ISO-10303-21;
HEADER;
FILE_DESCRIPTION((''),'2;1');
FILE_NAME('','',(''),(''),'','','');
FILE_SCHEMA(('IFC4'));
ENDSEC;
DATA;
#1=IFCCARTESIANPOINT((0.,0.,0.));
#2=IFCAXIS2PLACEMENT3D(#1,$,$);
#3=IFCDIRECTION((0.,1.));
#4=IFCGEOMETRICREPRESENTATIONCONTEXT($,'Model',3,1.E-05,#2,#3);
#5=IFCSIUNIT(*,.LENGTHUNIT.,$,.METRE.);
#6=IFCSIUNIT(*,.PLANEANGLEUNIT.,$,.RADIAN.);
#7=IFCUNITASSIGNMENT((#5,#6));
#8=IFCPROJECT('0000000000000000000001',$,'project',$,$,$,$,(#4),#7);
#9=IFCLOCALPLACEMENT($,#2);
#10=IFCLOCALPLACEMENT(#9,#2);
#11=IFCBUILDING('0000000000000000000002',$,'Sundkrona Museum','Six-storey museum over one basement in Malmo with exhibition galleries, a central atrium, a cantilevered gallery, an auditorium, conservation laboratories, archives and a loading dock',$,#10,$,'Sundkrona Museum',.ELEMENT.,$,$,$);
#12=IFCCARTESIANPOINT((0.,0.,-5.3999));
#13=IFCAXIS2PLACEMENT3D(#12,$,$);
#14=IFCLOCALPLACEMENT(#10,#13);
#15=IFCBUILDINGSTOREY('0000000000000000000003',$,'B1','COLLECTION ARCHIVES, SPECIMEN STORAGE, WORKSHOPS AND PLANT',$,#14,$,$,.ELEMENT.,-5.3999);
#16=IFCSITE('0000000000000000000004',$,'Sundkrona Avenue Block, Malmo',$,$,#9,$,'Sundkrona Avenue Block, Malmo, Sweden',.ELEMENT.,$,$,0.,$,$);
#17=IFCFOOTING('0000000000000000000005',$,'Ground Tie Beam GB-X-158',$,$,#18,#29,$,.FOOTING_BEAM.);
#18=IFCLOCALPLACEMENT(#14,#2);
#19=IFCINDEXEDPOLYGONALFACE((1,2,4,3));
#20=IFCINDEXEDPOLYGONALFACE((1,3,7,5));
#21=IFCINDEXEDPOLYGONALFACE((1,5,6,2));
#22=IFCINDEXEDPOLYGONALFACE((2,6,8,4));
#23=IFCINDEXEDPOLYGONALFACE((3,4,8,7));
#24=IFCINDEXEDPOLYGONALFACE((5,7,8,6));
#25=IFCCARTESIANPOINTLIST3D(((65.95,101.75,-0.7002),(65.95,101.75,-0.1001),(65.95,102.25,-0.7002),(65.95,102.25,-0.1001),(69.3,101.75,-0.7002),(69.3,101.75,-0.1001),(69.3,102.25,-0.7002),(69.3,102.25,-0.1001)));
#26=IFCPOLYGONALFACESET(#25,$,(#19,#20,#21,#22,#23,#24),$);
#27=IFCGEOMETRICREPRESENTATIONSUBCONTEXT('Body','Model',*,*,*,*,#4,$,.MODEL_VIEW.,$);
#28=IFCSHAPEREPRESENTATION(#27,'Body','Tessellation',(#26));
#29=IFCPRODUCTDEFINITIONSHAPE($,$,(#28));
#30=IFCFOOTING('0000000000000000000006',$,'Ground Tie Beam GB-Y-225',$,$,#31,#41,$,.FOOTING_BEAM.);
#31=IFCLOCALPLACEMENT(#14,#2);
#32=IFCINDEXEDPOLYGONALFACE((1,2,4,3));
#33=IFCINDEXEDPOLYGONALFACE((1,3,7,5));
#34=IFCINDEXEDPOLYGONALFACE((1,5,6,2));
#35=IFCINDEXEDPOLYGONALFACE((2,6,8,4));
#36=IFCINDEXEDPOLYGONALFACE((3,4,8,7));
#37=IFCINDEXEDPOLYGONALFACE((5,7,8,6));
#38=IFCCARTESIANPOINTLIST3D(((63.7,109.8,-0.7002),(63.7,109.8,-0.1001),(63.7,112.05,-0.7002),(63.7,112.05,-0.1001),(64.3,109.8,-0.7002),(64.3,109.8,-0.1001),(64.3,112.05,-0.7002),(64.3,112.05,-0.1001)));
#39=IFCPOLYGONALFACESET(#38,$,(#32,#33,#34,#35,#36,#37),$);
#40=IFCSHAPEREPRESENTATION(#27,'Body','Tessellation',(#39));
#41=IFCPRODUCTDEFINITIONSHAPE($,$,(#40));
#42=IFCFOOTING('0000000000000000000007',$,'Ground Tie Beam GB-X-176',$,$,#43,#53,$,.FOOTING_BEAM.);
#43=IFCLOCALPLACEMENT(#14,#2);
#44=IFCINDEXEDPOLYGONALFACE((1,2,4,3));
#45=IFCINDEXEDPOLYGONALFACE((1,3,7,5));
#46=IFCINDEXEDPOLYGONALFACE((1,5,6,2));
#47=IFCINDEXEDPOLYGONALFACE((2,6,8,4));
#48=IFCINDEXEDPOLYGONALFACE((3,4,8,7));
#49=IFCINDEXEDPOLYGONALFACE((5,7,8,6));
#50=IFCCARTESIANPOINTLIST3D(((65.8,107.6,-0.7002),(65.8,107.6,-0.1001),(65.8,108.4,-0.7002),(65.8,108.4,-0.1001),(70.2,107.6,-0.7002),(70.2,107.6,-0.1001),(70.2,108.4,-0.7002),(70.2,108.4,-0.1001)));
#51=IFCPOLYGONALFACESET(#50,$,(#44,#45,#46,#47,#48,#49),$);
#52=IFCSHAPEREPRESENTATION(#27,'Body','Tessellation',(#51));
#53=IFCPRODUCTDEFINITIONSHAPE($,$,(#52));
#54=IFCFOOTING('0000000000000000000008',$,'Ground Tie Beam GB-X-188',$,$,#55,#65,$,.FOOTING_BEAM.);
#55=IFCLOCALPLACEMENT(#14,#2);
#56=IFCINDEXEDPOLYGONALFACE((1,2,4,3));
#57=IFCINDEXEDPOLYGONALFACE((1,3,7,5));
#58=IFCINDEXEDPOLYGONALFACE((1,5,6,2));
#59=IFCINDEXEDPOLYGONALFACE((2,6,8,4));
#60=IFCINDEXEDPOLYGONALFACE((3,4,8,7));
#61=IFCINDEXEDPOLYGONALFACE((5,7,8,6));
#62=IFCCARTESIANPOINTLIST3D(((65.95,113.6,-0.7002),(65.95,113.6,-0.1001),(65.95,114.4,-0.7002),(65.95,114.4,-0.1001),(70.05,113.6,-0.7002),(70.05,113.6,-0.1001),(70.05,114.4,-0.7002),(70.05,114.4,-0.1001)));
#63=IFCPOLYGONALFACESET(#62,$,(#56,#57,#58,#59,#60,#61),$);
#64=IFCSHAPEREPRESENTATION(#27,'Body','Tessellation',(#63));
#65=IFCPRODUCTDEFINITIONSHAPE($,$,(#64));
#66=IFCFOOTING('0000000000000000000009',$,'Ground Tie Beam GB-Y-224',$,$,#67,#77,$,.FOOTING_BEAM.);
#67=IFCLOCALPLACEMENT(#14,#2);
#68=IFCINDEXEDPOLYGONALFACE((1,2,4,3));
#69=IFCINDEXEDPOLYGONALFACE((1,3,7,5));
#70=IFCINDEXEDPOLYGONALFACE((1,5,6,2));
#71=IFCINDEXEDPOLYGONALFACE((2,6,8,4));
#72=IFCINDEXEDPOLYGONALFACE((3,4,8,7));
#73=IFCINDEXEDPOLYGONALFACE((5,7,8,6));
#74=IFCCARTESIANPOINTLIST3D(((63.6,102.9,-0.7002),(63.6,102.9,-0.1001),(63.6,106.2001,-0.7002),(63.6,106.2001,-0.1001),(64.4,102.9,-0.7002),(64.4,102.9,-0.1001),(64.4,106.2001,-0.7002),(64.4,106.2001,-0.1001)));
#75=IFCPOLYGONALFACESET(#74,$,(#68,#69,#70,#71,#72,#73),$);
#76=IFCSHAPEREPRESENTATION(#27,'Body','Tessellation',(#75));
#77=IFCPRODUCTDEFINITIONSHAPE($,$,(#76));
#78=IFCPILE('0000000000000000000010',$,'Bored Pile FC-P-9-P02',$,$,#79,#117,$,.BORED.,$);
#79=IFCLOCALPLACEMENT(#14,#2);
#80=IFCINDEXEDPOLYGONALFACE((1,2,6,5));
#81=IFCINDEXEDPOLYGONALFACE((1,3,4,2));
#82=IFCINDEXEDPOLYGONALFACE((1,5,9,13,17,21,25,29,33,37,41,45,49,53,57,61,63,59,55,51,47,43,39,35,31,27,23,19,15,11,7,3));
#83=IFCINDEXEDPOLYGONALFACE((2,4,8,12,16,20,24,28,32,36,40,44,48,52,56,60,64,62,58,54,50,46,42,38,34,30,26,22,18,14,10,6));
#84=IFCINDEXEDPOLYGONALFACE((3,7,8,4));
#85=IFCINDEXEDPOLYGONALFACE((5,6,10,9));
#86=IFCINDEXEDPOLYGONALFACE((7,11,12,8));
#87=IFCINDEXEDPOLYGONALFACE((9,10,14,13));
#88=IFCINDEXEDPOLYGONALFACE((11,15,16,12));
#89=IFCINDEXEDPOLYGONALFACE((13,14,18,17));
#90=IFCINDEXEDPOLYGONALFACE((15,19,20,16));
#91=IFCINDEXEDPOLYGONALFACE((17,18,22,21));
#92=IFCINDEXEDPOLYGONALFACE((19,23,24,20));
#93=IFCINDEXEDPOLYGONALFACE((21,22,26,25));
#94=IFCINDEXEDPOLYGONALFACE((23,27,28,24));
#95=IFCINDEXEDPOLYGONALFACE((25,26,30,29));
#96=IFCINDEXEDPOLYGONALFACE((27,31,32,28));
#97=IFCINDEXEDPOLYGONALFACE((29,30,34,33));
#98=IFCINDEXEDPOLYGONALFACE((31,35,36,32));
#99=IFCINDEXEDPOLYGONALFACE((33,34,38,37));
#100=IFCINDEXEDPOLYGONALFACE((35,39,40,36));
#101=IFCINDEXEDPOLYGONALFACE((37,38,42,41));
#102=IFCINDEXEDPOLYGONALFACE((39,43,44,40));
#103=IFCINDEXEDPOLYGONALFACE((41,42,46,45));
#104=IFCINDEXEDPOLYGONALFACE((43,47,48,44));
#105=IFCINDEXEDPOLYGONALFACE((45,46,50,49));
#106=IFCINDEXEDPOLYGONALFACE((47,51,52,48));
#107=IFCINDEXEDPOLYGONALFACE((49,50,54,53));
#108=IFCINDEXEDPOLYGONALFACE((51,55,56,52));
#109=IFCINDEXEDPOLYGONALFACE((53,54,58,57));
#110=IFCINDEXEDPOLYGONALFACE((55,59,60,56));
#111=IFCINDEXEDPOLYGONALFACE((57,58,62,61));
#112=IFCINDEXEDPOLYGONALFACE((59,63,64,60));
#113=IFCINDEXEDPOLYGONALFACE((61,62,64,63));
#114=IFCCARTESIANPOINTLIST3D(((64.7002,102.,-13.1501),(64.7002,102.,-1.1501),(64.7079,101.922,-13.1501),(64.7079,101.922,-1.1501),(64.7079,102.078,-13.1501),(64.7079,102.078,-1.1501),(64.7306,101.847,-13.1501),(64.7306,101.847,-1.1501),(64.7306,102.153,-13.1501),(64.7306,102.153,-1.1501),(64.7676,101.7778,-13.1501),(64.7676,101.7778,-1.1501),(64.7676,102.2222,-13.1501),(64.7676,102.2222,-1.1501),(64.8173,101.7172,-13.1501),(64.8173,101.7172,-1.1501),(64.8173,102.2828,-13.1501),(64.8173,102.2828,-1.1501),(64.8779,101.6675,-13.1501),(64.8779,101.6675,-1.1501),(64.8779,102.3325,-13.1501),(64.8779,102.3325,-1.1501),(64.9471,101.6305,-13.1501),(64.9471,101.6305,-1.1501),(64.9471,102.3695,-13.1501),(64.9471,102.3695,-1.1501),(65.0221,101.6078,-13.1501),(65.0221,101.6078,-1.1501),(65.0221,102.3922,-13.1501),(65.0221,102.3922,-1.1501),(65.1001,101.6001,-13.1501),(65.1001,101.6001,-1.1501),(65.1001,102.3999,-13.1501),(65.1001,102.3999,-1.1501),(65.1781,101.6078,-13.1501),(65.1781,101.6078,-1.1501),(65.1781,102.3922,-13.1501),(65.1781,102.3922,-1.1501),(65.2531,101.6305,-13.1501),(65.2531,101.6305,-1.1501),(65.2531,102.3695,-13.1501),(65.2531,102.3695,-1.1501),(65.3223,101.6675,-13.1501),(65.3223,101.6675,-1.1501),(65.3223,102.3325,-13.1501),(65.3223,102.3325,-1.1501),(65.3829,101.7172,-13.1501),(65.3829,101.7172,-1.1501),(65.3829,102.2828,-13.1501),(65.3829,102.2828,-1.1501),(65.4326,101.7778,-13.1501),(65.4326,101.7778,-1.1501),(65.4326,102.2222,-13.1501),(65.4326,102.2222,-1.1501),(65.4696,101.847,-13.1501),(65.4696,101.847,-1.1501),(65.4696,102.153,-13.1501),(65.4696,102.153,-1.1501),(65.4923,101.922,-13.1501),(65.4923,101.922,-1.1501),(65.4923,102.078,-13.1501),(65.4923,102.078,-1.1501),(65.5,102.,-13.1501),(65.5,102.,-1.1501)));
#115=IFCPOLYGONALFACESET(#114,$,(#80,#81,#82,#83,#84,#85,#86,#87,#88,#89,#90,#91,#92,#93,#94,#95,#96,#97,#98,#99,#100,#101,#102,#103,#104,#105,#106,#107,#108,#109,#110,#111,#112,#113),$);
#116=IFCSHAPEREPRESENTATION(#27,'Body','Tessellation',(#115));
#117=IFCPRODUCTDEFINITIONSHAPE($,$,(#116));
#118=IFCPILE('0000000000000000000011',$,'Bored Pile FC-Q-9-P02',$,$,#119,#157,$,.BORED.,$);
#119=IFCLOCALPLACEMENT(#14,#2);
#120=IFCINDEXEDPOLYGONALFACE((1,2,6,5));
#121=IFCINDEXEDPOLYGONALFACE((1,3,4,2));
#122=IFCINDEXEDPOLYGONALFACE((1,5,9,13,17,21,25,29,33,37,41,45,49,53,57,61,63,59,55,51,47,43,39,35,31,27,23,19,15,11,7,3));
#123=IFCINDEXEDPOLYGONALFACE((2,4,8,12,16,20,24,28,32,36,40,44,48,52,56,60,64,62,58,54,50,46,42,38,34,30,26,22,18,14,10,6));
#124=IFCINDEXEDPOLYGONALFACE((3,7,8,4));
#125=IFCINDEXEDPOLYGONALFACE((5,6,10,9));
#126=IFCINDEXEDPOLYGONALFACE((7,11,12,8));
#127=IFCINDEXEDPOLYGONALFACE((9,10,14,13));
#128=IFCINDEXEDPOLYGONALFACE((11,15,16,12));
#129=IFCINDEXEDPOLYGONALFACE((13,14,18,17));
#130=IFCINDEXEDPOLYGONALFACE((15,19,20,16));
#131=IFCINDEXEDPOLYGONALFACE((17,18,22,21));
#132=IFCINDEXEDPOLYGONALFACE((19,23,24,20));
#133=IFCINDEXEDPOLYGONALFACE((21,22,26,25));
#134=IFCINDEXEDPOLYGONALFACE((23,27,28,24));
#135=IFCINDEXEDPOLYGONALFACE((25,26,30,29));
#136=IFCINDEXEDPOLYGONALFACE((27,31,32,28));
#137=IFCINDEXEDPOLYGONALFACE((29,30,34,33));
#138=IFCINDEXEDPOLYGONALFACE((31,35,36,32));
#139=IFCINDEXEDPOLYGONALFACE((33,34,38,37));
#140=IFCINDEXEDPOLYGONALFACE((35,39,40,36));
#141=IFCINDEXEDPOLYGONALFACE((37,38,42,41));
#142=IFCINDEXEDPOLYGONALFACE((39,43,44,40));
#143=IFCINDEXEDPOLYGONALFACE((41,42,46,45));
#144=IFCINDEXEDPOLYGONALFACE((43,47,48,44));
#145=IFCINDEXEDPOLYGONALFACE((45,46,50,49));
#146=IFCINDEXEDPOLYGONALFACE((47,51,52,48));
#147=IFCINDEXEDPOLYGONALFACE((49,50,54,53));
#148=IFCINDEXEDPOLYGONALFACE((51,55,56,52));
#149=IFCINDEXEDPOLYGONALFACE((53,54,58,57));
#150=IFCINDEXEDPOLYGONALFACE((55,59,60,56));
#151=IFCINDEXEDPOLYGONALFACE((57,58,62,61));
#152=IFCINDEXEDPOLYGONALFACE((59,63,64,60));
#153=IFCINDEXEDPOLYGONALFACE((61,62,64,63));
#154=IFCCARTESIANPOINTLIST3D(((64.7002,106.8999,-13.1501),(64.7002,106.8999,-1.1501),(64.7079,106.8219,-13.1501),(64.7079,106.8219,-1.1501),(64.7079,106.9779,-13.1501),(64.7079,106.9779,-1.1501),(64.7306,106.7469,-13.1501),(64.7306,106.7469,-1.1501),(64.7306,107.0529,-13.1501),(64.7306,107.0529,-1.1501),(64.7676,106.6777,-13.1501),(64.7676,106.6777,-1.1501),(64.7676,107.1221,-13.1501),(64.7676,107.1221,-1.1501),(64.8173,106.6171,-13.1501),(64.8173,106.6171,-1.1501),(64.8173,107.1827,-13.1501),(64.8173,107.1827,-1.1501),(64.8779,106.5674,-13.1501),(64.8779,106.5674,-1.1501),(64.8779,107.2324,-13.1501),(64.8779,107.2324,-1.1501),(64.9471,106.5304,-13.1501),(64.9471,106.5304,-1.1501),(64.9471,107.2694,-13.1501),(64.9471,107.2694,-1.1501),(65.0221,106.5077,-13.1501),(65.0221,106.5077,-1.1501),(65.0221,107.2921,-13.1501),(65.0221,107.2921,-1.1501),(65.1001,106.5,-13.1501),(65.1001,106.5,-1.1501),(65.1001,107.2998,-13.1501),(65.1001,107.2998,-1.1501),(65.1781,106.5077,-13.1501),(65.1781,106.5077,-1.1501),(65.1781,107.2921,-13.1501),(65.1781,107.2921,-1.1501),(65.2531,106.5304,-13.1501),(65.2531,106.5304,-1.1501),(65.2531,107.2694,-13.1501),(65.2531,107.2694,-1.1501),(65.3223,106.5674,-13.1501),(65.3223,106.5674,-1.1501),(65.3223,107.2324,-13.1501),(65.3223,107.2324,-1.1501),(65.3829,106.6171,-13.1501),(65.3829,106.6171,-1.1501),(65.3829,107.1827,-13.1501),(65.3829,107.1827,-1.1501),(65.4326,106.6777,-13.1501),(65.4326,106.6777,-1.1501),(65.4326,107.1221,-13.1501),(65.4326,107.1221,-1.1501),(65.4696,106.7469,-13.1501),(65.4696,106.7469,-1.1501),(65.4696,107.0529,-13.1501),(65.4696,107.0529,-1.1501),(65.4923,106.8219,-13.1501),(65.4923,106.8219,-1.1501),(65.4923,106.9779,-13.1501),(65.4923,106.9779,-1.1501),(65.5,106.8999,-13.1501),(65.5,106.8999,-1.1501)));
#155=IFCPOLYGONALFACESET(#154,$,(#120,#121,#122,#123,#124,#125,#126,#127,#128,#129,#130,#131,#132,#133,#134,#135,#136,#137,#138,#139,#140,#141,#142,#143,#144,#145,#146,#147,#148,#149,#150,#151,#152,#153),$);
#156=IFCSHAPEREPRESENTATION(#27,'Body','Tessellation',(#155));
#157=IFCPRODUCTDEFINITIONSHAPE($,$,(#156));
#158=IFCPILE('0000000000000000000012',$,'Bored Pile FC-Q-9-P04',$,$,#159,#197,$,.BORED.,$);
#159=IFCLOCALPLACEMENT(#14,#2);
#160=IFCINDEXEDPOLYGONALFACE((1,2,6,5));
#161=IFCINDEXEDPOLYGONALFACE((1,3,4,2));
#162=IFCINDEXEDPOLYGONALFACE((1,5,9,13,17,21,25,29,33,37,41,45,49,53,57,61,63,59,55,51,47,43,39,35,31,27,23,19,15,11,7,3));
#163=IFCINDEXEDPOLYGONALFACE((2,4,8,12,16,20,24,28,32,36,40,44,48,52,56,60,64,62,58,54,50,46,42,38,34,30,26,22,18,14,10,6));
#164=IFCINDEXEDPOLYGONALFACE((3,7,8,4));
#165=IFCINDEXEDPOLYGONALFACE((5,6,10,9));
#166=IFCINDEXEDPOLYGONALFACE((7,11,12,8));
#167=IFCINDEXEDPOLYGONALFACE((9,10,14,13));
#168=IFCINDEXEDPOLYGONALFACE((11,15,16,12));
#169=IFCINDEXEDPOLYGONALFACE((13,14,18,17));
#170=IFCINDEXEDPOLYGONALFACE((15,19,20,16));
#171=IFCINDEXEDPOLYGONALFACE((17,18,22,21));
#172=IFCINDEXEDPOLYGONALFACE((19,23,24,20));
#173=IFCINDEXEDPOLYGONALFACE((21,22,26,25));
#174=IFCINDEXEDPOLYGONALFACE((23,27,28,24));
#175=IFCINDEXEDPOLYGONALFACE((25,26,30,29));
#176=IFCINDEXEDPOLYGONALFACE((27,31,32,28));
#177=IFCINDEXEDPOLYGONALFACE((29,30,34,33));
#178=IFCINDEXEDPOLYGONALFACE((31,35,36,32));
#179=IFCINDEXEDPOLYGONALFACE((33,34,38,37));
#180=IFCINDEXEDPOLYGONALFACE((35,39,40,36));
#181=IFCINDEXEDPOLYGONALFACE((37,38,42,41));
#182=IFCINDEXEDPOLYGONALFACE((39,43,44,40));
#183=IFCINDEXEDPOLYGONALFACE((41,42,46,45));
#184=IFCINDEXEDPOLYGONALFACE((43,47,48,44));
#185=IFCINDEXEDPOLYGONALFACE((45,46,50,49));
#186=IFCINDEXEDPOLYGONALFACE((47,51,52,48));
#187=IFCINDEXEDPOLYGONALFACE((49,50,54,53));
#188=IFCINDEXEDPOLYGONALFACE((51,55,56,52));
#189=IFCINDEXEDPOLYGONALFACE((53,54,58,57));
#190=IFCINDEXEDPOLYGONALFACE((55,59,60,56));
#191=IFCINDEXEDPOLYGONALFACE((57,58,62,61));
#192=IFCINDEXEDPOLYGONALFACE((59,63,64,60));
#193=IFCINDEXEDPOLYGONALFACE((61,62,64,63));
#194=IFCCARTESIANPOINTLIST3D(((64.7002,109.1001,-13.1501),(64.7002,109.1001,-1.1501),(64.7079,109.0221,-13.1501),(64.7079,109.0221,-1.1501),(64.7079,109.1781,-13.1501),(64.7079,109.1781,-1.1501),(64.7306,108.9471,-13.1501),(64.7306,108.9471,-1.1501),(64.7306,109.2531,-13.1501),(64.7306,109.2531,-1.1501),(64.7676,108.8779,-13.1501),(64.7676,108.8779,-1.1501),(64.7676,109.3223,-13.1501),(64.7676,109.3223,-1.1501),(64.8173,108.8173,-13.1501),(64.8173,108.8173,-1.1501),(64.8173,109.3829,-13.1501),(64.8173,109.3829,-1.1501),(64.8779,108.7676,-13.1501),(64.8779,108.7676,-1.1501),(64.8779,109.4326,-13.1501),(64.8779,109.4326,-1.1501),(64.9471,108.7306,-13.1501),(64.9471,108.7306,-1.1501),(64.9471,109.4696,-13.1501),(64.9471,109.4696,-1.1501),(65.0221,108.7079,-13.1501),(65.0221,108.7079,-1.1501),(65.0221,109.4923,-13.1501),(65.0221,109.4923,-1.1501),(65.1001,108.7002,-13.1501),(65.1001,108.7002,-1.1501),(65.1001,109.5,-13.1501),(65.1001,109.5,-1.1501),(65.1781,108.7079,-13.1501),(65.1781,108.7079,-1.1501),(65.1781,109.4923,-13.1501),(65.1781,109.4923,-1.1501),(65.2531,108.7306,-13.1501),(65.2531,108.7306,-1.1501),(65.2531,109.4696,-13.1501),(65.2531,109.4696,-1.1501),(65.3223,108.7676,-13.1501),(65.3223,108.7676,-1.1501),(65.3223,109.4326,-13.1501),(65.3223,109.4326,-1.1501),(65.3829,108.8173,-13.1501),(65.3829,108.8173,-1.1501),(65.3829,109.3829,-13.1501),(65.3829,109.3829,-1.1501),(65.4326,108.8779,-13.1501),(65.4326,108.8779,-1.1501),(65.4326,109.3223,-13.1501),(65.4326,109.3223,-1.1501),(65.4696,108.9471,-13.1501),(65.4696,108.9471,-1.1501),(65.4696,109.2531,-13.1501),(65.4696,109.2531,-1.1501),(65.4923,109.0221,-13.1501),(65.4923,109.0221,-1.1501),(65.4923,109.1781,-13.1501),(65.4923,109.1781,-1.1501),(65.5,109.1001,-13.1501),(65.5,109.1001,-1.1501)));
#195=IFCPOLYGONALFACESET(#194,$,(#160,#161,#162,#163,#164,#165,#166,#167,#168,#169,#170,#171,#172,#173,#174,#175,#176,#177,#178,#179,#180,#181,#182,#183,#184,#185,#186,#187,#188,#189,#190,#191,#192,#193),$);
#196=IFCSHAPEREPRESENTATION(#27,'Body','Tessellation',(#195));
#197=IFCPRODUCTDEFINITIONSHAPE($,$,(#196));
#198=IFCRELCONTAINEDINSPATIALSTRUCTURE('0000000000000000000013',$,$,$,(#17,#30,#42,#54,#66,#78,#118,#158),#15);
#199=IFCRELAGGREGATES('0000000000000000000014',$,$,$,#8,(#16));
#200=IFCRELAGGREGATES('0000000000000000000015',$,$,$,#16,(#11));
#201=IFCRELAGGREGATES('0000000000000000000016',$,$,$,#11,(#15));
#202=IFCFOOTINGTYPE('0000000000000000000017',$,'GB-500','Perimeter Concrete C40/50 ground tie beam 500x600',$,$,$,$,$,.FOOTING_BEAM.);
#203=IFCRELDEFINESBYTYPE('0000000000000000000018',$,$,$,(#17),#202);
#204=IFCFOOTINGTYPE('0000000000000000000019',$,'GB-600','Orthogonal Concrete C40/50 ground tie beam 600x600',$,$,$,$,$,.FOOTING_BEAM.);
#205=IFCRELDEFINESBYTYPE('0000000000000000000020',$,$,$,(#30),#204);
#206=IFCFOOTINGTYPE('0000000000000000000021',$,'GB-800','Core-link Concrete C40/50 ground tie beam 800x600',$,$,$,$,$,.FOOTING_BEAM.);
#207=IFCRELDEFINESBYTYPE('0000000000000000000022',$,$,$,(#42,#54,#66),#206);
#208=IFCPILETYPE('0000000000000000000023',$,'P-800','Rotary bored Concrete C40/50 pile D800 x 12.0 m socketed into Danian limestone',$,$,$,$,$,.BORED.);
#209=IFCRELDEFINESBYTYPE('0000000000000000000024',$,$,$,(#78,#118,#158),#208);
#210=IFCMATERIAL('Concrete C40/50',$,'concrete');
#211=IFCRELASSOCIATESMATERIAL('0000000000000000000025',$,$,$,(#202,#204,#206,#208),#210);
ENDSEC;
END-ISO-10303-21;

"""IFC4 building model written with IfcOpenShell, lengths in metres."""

from ifc_helpers import new_model, si_unit, direction, frame, origin, origin_2d, place, context, subcontext, project, spatial, rectangle, circle, extrude, material, material_profile, profile_set, type_object, element, save


model = new_model("IFC4")

# Units and contexts
model_context = context("Model", 3, precision=1e-05, world=origin(), true_north=direction((0.0, 1.0)))
body_context = subcontext(model_context, "Body", "Model", "MODEL_VIEW")
ifc_project = project(units=[si_unit("LENGTHUNIT", "METRE"), si_unit("PLANEANGLEUNIT", "RADIAN")], contexts=[model_context])

# Site, building, storey
site_placement = place(None, origin())
site = spatial("IfcSite", under=ifc_project, at=site_placement, Name="Sundkrona Avenue Block, Malmo", LongName="Sundkrona Avenue Block, Malmo, Sweden", CompositionType="ELEMENT", RefElevation=0.0)
building_placement = place(site_placement, origin())
building = spatial("IfcBuilding", under=site, at=building_placement, Name="Sundkrona Museum", Description="Six-storey museum over one basement in Malmo with exhibition galleries, a central atrium, a cantilevered gallery, an auditorium, conservation laboratories, archives and a loading dock", LongName="Sundkrona Museum", CompositionType="ELEMENT")
storey_placement = place(building_placement, frame((0.0, 0.0, -5.3999)))
storey = spatial("IfcBuildingStorey", under=building, at=storey_placement, Name="B1", Description="COLLECTION ARCHIVES, SPECIMEN STORAGE, WORKSHOPS AND PLANT", CompositionType="ELEMENT", Elevation=-5.3999)

# Footings
ifc_material_1 = material(Name="Concrete C40/50", Category="concrete")
footing_type_1 = type_object("IfcFootingType", Name="GB-500", Description="Perimeter Concrete C40/50 ground tie beam 500x600", PredefinedType="FOOTING_BEAM", material=ifc_material_1)
footing_1_placement = place(storey_placement, frame((67.625, 102.0, -0.7002), z_axis=(0.0, 0.0, 1.0), x_axis=(1.0, 0.0, 0.0)))
element("IfcFooting", 1, at=footing_1_placement, inside=storey, type_object=footing_type_1, Name="Ground Tie Beam GB-X-158", PredefinedType="FOOTING_BEAM", context=body_context, shape_type="SweptSolid", body=[
    extrude(rectangle(XDim=3.3501, YDim=0.5, at=origin_2d()), origin(), (0.0, 0.0, 1.0), 0.6001),
])
footing_type_2 = type_object("IfcFootingType", Name="GB-600", Description="Orthogonal Concrete C40/50 ground tie beam 600x600", PredefinedType="FOOTING_BEAM", material=ifc_material_1)
footing_2_placement = place(storey_placement, frame((64.0, 110.925, -0.7002), z_axis=(0.0, 0.0, 1.0), x_axis=(0.0, 1.0, 0.0)))
element("IfcFooting", 2, at=footing_2_placement, inside=storey, type_object=footing_type_2, Name="Ground Tie Beam GB-Y-225", PredefinedType="FOOTING_BEAM", context=body_context, shape_type="SweptSolid", body=[
    extrude(rectangle(XDim=2.25, YDim=0.6001, at=origin_2d()), origin(), (0.0, 0.0, 1.0), 0.6001),
])
footing_type_3 = type_object("IfcFootingType", Name="GB-800", Description="Core-link Concrete C40/50 ground tie beam 800x600", PredefinedType="FOOTING_BEAM", material=ifc_material_1)
footing_3_placement = place(storey_placement, frame((68.0, 108.0, -0.7002), z_axis=(0.0, 0.0, 1.0), x_axis=(1.0, 0.0, 0.0)))
element("IfcFooting", 3, at=footing_3_placement, inside=storey, type_object=footing_type_3, Name="Ground Tie Beam GB-X-176", PredefinedType="FOOTING_BEAM", context=body_context, shape_type="SweptSolid", body=[
    extrude(rectangle(XDim=4.3999, YDim=0.8, at=origin_2d()), origin(), (0.0, 0.0, 1.0), 0.6001),
])
footing_4_placement = place(storey_placement, frame((68.0, 114.0, -0.7002), z_axis=(0.0, 0.0, 1.0), x_axis=(1.0, 0.0, 0.0)))
element("IfcFooting", 4, at=footing_4_placement, inside=storey, type_object=footing_type_3, Name="Ground Tie Beam GB-X-188", PredefinedType="FOOTING_BEAM", context=body_context, shape_type="SweptSolid", body=[
    extrude(rectangle(XDim=4.1001, YDim=0.8, at=origin_2d()), origin(), (0.0, 0.0, 1.0), 0.6001),
])
footing_5_placement = place(storey_placement, frame((64.0, 104.55, -0.7002), z_axis=(0.0, 0.0, 1.0), x_axis=(0.0, 1.0, 0.0)))
element("IfcFooting", 5, at=footing_5_placement, inside=storey, type_object=footing_type_3, Name="Ground Tie Beam GB-Y-224", PredefinedType="FOOTING_BEAM", context=body_context, shape_type="SweptSolid", body=[
    extrude(rectangle(XDim=3.3, YDim=0.8, at=origin_2d()), origin(), (0.0, 0.0, 1.0), 0.6001),
])

# Piles
ifc_material_profile_1 = material_profile(ifc_material_1, circle(Radius=0.3999, at=origin_2d()), Name="PILE D800")
ifc_profile_set_1 = profile_set([ifc_material_profile_1], Name="Concrete C40/50")
pile_type = type_object("IfcPileType", Name="P-800", Description="Rotary bored Concrete C40/50 pile D800 x 12.0 m socketed into Danian limestone", PredefinedType="BORED", material=ifc_profile_set_1)
for number, where, z_axis, x_axis, name in (
    (6, (65.1001, 102.0, -1.1501), (0.0, 0.0, -1.0), (1.0, 0.0, 0.0), "Bored Pile FC-P-9-P02"),
    (7, (65.1001, 106.8999, -1.1501), (0.0, 0.0, -1.0), (1.0, 0.0, 0.0), "Bored Pile FC-Q-9-P02"),
    (8, (65.1001, 109.1001, -1.1501), (0.0, 0.0, -1.0), (1.0, 0.0, 0.0), "Bored Pile FC-Q-9-P04"),
):
    element("IfcPile", number, at=place(storey_placement, frame(where, z_axis=z_axis, x_axis=x_axis)), inside=storey, type_object=pile_type, Name=name, PredefinedType="BORED", context=body_context, shape_type="SweptSolid", body=[
        extrude(circle(Radius=0.3999, at=origin_2d()), origin(), (0.0, 0.0, 1.0), 12.0),
    ])

save(model, "model.ifc")
